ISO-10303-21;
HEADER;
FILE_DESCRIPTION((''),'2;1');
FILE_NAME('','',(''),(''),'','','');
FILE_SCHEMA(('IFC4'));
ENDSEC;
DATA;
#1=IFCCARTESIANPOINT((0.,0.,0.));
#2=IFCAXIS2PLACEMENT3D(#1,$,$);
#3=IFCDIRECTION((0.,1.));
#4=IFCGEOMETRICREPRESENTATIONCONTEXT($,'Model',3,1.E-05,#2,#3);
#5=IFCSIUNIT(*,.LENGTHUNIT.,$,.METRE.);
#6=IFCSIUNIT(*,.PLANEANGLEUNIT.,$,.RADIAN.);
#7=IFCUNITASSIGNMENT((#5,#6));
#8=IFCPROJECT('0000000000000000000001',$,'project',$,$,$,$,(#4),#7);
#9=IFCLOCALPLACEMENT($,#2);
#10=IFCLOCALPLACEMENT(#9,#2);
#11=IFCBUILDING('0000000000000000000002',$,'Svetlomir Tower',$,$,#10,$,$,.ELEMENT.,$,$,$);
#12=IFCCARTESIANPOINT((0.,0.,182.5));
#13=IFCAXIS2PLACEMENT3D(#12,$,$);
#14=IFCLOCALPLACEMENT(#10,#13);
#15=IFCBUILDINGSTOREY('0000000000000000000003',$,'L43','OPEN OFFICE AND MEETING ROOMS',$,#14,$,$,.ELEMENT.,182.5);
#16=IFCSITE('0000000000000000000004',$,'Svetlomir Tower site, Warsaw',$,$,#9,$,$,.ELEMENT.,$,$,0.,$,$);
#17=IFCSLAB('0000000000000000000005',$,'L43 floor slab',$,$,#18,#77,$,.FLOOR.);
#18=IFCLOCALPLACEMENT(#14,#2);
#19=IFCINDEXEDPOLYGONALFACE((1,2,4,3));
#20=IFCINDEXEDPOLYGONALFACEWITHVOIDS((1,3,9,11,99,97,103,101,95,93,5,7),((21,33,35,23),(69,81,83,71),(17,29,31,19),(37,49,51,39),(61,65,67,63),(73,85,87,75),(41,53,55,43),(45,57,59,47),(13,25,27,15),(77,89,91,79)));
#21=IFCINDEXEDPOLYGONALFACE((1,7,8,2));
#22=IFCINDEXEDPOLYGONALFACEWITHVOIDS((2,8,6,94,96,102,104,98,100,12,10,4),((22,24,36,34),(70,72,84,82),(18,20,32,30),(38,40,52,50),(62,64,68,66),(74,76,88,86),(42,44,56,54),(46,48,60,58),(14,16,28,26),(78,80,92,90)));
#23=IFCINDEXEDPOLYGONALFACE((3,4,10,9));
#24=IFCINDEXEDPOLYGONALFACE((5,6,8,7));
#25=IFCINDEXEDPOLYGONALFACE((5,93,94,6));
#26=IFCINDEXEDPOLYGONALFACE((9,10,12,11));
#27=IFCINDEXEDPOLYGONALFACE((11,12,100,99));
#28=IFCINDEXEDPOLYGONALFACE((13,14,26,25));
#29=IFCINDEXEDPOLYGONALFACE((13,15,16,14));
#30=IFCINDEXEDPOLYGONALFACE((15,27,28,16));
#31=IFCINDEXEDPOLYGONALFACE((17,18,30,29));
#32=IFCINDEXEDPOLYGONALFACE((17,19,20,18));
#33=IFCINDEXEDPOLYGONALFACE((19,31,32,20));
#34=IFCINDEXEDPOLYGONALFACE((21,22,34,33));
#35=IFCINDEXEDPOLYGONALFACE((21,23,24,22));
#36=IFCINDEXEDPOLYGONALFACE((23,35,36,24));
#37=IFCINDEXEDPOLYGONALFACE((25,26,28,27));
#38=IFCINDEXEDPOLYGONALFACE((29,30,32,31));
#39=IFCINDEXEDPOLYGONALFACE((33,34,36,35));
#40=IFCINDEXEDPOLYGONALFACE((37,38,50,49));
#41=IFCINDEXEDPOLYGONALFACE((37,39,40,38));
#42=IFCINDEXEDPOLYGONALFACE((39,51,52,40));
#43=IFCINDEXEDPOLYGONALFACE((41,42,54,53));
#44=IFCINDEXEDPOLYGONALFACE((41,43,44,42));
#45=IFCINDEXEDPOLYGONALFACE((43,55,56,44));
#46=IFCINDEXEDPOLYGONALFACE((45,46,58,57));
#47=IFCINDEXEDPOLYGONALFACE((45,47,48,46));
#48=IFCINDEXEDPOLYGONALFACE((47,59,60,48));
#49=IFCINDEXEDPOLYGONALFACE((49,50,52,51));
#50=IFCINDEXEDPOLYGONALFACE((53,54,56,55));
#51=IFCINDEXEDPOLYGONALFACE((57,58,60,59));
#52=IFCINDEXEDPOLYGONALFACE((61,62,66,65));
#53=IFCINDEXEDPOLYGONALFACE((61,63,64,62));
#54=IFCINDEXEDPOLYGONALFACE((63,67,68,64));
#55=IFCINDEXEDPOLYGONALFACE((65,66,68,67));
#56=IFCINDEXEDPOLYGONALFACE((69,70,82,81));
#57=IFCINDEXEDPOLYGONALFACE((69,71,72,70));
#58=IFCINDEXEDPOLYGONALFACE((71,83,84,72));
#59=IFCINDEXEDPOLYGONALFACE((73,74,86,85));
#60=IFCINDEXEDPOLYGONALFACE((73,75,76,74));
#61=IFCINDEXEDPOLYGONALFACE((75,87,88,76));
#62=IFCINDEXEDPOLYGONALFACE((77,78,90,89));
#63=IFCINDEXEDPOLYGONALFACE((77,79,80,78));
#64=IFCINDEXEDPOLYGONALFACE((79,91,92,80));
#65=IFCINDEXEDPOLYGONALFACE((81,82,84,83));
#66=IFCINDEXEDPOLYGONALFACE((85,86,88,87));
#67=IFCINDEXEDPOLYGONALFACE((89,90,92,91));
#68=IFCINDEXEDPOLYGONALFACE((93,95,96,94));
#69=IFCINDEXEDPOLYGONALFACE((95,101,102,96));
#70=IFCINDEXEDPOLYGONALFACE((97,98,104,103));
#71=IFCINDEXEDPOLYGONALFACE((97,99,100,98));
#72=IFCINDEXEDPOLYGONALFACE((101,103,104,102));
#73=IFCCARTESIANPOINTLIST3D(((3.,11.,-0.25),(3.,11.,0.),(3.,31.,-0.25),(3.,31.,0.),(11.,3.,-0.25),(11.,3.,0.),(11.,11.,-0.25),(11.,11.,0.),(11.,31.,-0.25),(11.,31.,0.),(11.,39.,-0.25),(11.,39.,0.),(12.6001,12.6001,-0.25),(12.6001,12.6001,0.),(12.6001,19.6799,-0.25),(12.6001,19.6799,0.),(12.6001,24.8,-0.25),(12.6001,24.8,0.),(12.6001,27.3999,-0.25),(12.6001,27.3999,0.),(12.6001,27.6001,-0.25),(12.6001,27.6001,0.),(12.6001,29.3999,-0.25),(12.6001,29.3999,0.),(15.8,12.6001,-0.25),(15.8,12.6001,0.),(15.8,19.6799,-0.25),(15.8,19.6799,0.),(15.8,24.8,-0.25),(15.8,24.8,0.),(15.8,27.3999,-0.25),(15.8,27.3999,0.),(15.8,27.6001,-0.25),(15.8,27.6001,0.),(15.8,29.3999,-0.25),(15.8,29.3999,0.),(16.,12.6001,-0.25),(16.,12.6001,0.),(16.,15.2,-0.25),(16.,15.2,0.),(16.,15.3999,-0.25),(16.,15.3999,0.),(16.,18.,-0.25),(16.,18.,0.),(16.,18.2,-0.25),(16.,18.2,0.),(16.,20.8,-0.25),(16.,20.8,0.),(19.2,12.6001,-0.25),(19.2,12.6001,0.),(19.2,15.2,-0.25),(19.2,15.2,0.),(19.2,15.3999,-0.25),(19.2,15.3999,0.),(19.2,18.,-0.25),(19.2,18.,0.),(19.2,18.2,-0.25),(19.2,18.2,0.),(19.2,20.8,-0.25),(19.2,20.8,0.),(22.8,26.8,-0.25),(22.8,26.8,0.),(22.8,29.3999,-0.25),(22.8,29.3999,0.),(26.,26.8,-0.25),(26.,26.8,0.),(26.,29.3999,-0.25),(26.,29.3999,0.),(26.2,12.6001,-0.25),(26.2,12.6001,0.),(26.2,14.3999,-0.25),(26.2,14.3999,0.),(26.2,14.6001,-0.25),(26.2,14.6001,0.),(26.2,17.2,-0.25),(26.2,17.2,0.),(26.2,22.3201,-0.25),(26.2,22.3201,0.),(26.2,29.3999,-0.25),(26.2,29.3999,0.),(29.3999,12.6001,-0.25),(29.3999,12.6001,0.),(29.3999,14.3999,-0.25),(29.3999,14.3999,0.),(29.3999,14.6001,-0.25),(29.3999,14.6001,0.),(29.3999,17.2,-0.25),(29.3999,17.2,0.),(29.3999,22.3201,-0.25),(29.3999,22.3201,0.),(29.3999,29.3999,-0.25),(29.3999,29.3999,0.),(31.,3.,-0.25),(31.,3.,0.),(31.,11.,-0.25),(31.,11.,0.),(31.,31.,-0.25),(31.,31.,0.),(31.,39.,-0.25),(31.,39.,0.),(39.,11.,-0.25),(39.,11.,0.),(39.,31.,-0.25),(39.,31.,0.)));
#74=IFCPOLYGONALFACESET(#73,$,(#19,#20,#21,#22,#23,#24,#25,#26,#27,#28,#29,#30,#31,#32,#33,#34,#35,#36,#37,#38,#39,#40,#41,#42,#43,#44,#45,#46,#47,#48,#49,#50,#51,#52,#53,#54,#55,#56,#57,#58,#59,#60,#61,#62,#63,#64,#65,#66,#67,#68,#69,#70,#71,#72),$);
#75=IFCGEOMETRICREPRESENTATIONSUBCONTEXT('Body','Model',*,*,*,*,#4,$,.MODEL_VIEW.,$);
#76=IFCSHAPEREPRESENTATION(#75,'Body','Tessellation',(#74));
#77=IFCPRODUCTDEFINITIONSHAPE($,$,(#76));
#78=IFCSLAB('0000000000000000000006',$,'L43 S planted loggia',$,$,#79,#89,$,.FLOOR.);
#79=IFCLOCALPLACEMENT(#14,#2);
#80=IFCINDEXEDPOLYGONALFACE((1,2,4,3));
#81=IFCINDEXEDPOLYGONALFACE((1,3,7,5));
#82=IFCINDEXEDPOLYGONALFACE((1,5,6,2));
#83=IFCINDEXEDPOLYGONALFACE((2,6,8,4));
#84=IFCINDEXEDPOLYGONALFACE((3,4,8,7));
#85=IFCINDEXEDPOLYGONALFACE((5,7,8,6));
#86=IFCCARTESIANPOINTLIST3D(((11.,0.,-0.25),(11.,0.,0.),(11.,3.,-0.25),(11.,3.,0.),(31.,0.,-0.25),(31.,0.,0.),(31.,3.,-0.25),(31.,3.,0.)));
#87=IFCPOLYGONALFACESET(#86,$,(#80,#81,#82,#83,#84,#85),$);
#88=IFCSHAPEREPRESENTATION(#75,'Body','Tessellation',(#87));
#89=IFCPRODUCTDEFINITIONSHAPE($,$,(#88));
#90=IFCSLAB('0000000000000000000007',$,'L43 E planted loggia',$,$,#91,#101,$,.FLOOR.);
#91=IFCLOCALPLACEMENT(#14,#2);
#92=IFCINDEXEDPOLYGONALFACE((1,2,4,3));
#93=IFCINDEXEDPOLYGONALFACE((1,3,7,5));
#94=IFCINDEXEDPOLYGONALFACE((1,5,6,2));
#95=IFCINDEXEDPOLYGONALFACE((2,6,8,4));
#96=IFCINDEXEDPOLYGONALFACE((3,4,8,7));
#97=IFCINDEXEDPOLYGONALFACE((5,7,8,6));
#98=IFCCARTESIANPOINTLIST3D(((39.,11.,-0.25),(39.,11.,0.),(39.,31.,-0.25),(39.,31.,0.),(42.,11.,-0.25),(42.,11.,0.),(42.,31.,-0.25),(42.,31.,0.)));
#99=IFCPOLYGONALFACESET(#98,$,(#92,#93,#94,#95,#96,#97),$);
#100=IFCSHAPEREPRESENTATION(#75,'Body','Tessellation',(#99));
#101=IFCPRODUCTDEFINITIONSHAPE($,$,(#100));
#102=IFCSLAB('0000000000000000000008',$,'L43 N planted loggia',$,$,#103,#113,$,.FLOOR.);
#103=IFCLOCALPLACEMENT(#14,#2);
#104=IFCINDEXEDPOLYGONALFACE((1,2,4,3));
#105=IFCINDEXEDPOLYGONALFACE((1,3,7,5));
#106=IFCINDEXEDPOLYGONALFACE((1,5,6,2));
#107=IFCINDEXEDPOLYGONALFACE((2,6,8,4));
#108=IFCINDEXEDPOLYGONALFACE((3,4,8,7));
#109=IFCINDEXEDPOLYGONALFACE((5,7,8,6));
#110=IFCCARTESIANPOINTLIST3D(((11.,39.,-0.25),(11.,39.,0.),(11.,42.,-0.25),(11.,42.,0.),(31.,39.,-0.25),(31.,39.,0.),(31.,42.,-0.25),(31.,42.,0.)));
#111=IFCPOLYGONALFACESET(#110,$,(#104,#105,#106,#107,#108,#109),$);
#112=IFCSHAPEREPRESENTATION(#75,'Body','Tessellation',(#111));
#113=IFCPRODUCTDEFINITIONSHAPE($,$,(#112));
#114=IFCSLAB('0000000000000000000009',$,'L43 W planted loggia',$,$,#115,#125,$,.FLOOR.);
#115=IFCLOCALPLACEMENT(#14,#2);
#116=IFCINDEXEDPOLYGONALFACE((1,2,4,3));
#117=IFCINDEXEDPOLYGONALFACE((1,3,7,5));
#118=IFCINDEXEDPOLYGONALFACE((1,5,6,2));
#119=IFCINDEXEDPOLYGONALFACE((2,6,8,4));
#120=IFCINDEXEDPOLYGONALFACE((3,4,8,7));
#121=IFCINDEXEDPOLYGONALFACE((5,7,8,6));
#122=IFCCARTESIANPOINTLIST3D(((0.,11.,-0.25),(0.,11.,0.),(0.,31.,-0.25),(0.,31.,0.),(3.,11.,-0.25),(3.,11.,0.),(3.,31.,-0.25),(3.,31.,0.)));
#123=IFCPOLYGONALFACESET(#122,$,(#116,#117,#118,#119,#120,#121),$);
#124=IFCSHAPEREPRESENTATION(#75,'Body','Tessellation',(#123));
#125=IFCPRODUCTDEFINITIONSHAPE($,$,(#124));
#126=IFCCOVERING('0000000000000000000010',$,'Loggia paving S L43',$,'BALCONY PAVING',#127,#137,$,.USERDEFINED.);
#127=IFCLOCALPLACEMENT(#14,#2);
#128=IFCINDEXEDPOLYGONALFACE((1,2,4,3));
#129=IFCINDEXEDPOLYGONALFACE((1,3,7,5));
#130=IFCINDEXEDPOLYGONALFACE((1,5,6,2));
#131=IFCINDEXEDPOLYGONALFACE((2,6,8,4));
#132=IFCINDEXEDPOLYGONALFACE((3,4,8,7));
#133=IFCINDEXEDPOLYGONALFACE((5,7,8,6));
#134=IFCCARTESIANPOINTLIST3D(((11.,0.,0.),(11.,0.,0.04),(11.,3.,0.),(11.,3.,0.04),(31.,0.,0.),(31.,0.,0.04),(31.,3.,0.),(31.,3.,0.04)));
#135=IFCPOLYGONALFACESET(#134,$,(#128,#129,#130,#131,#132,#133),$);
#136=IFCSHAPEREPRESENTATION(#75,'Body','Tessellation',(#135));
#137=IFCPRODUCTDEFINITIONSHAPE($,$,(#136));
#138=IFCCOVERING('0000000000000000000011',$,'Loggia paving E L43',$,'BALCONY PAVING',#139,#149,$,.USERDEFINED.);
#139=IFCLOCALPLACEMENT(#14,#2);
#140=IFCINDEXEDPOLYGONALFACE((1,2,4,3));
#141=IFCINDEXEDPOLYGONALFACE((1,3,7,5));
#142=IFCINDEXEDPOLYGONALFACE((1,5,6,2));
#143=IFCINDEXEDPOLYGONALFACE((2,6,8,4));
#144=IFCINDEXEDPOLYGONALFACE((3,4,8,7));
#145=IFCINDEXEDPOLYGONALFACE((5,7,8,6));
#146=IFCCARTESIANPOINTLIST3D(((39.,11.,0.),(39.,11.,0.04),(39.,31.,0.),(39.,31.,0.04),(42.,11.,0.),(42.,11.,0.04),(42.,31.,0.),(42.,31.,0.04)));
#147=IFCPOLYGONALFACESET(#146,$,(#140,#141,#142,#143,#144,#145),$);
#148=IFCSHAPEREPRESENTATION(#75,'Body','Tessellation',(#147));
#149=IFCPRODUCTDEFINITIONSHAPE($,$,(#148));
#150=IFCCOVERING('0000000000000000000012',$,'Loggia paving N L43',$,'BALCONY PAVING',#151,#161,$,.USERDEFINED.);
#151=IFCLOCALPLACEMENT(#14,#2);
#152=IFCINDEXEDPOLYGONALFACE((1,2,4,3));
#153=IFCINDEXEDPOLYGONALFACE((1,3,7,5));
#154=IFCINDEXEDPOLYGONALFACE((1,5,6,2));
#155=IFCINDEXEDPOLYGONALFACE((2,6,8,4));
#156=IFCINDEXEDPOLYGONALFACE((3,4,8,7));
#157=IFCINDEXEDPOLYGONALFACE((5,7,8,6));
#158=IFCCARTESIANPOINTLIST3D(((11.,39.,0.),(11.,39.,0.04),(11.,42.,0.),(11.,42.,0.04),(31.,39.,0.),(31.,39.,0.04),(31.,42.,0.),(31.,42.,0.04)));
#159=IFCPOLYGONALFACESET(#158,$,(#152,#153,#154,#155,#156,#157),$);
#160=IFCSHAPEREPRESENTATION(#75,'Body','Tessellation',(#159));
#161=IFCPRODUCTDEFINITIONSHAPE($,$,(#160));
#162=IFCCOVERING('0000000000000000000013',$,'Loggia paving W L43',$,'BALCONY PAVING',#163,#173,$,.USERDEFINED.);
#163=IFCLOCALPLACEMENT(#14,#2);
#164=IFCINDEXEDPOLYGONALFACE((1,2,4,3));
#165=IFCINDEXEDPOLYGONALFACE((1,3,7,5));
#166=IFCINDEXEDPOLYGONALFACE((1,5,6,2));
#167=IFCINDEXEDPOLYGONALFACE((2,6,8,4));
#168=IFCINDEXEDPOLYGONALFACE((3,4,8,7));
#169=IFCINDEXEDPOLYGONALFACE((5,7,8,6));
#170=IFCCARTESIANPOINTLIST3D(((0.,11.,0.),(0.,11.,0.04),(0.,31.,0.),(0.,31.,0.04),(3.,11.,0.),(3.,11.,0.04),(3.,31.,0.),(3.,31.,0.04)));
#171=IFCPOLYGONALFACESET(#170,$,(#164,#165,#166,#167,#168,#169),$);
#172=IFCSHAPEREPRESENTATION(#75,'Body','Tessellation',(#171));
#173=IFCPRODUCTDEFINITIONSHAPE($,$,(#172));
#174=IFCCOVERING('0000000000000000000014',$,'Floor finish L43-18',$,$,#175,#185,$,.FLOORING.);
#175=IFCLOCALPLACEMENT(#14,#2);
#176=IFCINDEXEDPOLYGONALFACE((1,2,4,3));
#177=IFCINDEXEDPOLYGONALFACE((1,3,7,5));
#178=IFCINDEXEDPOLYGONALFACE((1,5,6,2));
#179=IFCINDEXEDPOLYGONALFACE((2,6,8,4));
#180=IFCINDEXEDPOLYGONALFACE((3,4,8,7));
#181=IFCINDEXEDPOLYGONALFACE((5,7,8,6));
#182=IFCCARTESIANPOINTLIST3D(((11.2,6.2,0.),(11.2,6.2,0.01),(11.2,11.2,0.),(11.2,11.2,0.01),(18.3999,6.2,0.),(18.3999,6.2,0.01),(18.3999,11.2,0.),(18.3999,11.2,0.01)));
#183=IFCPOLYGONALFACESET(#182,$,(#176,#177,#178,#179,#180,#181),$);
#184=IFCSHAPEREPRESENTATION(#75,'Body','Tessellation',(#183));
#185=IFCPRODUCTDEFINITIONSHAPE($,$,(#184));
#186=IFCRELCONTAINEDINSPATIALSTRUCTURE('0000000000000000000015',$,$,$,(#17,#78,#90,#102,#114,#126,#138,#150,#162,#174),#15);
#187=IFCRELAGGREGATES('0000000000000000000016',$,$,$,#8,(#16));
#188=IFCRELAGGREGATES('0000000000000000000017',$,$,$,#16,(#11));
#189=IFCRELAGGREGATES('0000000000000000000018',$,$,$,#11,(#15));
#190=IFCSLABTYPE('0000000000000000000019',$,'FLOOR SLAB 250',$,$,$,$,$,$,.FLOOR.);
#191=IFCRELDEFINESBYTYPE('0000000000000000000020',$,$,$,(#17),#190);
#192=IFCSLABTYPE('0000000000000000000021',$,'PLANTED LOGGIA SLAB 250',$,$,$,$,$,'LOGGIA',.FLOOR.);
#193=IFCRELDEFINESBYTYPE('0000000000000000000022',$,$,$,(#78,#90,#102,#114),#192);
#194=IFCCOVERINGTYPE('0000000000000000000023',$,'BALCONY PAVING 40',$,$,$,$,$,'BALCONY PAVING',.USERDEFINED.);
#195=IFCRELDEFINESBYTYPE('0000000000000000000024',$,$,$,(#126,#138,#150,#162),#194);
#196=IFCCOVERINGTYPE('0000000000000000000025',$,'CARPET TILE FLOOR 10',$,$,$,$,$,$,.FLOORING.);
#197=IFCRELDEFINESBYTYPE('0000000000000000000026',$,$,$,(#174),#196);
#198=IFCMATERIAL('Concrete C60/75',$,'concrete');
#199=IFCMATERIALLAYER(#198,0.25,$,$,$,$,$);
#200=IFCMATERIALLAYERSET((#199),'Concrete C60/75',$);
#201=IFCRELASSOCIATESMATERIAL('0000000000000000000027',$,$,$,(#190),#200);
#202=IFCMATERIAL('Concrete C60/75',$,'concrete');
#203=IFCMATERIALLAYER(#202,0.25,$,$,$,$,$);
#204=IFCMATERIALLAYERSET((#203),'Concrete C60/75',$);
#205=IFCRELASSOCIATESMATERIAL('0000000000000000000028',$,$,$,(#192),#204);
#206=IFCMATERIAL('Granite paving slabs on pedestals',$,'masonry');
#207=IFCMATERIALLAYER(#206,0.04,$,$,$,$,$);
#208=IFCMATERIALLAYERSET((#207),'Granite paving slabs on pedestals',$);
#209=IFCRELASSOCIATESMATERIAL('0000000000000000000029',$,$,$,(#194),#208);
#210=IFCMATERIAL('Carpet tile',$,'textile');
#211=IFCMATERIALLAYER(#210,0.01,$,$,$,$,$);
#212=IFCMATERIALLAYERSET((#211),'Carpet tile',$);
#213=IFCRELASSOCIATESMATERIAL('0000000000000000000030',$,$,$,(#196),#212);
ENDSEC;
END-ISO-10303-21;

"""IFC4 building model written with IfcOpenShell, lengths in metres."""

from ifc_helpers import new_model, si_unit, direction, frame, origin, place, context, subcontext, project, spatial, polyline, outline, extrude, material, layer, layer_set, type_object, element, save


model = new_model("IFC4")

# Units and contexts
model_context = context("Model", 3, precision=1e-05, world=origin(), true_north=direction((0.0, 1.0)))
body_context = subcontext(model_context, "Body", "Model", "MODEL_VIEW")
ifc_project = project(units=[si_unit("LENGTHUNIT", "METRE"), si_unit("PLANEANGLEUNIT", "RADIAN")], contexts=[model_context])

# Site, building, storey
site_placement = place(None, origin())
site = spatial("IfcSite", under=ifc_project, at=site_placement, Name="Svetlomir Tower site, Warsaw", CompositionType="ELEMENT", RefElevation=0.0)
building_placement = place(site_placement, origin())
building = spatial("IfcBuilding", under=site, at=building_placement, Name="Svetlomir Tower", CompositionType="ELEMENT")
storey_placement = place(building_placement, frame((0.0, 0.0, 182.5)))
storey = spatial("IfcBuildingStorey", under=building, at=storey_placement, Name="L43", Description="OPEN OFFICE AND MEETING ROOMS", CompositionType="ELEMENT", Elevation=182.5)

# Slabs
ifc_material_1 = material(Name="Concrete C60/75", Category="concrete")
ifc_layer_1 = layer(ifc_material_1, 0.25)
ifc_layer_set_1 = layer_set([ifc_layer_1], Name="Concrete C60/75")
slab_type_1 = type_object("IfcSlabType", Name="FLOOR SLAB 250", PredefinedType="FLOOR", material=ifc_layer_set_1)
slab_1_placement = place(storey_placement, frame((0.0, 0.0, -0.25)))
element("IfcSlab", 1, at=slab_1_placement, inside=storey, type_object=slab_type_1, Name="L43 floor slab", PredefinedType="FLOOR", context=body_context, shape_type="SweptSolid", body=[
    extrude(outline(polyline([(11.0, 3.0), (31.0, 3.0), (31.0, 11.0), (39.0, 11.0), (39.0, 31.0), (31.0, 31.0), (31.0, 39.0), (11.0, 39.0), (11.0, 31.0), (3.0, 31.0), (3.0, 11.0), (11.0, 11.0), (11.0, 3.0)]), holes=[polyline([(12.6001, 24.8), (15.8, 24.8), (15.8, 27.3999), (12.6001, 27.3999), (12.6001, 24.8)]), polyline([(26.2, 14.6001), (29.3999, 14.6001), (29.3999, 17.2), (26.2, 17.2), (26.2, 14.6001)]), polyline([(16.0, 12.6001), (19.2, 12.6001), (19.2, 15.2), (16.0, 15.2), (16.0, 12.6001)]), polyline([(16.0, 15.3999), (19.2, 15.3999), (19.2, 18.0), (16.0, 18.0), (16.0, 15.3999)]), polyline([(16.0, 18.2), (19.2, 18.2), (19.2, 20.8), (16.0, 20.8), (16.0, 18.2)]), polyline([(22.8, 26.8), (26.0, 26.8), (26.0, 29.3999), (22.8, 29.3999), (22.8, 26.8)]), polyline([(12.6001, 27.6001), (15.8, 27.6001), (15.8, 29.3999), (12.6001, 29.3999), (12.6001, 27.6001)]), polyline([(26.2, 12.6001), (29.3999, 12.6001), (29.3999, 14.3999), (26.2, 14.3999), (26.2, 12.6001)]), polyline([(12.6001, 12.6001), (15.8, 12.6001), (15.8, 19.6799), (12.6001, 19.6799), (12.6001, 12.6001)]), polyline([(26.2, 22.3201), (29.3999, 22.3201), (29.3999, 29.3999), (26.2, 29.3999), (26.2, 22.3201)])]), origin(), (0.0, 0.0, 1.0), 0.25),
])
ifc_material_2 = material(Name="Concrete C60/75", Category="concrete")
ifc_layer_2 = layer(ifc_material_2, 0.25)
ifc_layer_set_2 = layer_set([ifc_layer_2], Name="Concrete C60/75")
slab_type_2 = type_object("IfcSlabType", Name="PLANTED LOGGIA SLAB 250", ElementType="LOGGIA", PredefinedType="FLOOR", material=ifc_layer_set_2)
slab_2_placement = place(storey_placement, frame((0.0, 0.0, -0.25)))
element("IfcSlab", 2, at=slab_2_placement, inside=storey, type_object=slab_type_2, Name="L43 S planted loggia", PredefinedType="FLOOR", context=body_context, shape_type="SweptSolid", body=[
    extrude(outline(polyline([(11.0, 0.0), (31.0, 0.0), (31.0, 3.0), (11.0, 3.0), (11.0, 0.0)])), origin(), (0.0, 0.0, 1.0), 0.25),
])
slab_3_placement = place(storey_placement, frame((0.0, 0.0, -0.25)))
element("IfcSlab", 3, at=slab_3_placement, inside=storey, type_object=slab_type_2, Name="L43 E planted loggia", PredefinedType="FLOOR", context=body_context, shape_type="SweptSolid", body=[
    extrude(outline(polyline([(39.0, 11.0), (42.0, 11.0), (42.0, 31.0), (39.0, 31.0), (39.0, 11.0)])), origin(), (0.0, 0.0, 1.0), 0.25),
])
slab_4_placement = place(storey_placement, frame((0.0, 0.0, -0.25)))
element("IfcSlab", 4, at=slab_4_placement, inside=storey, type_object=slab_type_2, Name="L43 N planted loggia", PredefinedType="FLOOR", context=body_context, shape_type="SweptSolid", body=[
    extrude(outline(polyline([(11.0, 39.0), (31.0, 39.0), (31.0, 42.0), (11.0, 42.0), (11.0, 39.0)])), origin(), (0.0, 0.0, 1.0), 0.25),
])
slab_5_placement = place(storey_placement, frame((0.0, 0.0, -0.25)))
element("IfcSlab", 5, at=slab_5_placement, inside=storey, type_object=slab_type_2, Name="L43 W planted loggia", PredefinedType="FLOOR", context=body_context, shape_type="SweptSolid", body=[
    extrude(outline(polyline([(0.0, 11.0), (3.0, 11.0), (3.0, 31.0), (0.0, 31.0), (0.0, 11.0)])), origin(), (0.0, 0.0, 1.0), 0.25),
])

# Coverings
ifc_material_3 = material(Name="Granite paving slabs on pedestals", Category="masonry")
ifc_layer_3 = layer(ifc_material_3, 0.04)
ifc_layer_set_3 = layer_set([ifc_layer_3], Name="Granite paving slabs on pedestals")
covering_type_1 = type_object("IfcCoveringType", Name="BALCONY PAVING 40", ElementType="BALCONY PAVING", PredefinedType="USERDEFINED", material=ifc_layer_set_3)
covering_1_placement = place(storey_placement, origin())
element("IfcCovering", 6, at=covering_1_placement, inside=storey, type_object=covering_type_1, Name="Loggia paving S L43", ObjectType="BALCONY PAVING", PredefinedType="USERDEFINED", context=body_context, shape_type="SweptSolid", body=[
    extrude(outline(polyline([(11.0, 0.0), (31.0, 0.0), (31.0, 3.0), (11.0, 3.0), (11.0, 0.0)])), origin(), (0.0, 0.0, 1.0), 0.04),
])
covering_2_placement = place(storey_placement, origin())
element("IfcCovering", 7, at=covering_2_placement, inside=storey, type_object=covering_type_1, Name="Loggia paving E L43", ObjectType="BALCONY PAVING", PredefinedType="USERDEFINED", context=body_context, shape_type="SweptSolid", body=[
    extrude(outline(polyline([(39.0, 11.0), (42.0, 11.0), (42.0, 31.0), (39.0, 31.0), (39.0, 11.0)])), origin(), (0.0, 0.0, 1.0), 0.04),
])
covering_3_placement = place(storey_placement, origin())
element("IfcCovering", 8, at=covering_3_placement, inside=storey, type_object=covering_type_1, Name="Loggia paving N L43", ObjectType="BALCONY PAVING", PredefinedType="USERDEFINED", context=body_context, shape_type="SweptSolid", body=[
    extrude(outline(polyline([(11.0, 39.0), (31.0, 39.0), (31.0, 42.0), (11.0, 42.0), (11.0, 39.0)])), origin(), (0.0, 0.0, 1.0), 0.04),
])
covering_4_placement = place(storey_placement, origin())
element("IfcCovering", 9, at=covering_4_placement, inside=storey, type_object=covering_type_1, Name="Loggia paving W L43", ObjectType="BALCONY PAVING", PredefinedType="USERDEFINED", context=body_context, shape_type="SweptSolid", body=[
    extrude(outline(polyline([(0.0, 11.0), (3.0, 11.0), (3.0, 31.0), (0.0, 31.0), (0.0, 11.0)])), origin(), (0.0, 0.0, 1.0), 0.04),
])
ifc_material_4 = material(Name="Carpet tile", Category="textile")
ifc_layer_4 = layer(ifc_material_4, 0.01)
ifc_layer_set_4 = layer_set([ifc_layer_4], Name="Carpet tile")
covering_type_2 = type_object("IfcCoveringType", Name="CARPET TILE FLOOR 10", PredefinedType="FLOORING", material=ifc_layer_set_4)
covering_5_placement = place(storey_placement, origin())
element("IfcCovering", 10, at=covering_5_placement, inside=storey, type_object=covering_type_2, Name="Floor finish L43-18", PredefinedType="FLOORING", context=body_context, shape_type="SweptSolid", body=[
    extrude(outline(polyline([(11.2, 6.2), (18.3999, 6.2), (18.3999, 11.2), (11.2, 11.2), (11.2, 6.2)])), origin(), (0.0, 0.0, 1.0), 0.01),
])

save(model, "model.ifc")
